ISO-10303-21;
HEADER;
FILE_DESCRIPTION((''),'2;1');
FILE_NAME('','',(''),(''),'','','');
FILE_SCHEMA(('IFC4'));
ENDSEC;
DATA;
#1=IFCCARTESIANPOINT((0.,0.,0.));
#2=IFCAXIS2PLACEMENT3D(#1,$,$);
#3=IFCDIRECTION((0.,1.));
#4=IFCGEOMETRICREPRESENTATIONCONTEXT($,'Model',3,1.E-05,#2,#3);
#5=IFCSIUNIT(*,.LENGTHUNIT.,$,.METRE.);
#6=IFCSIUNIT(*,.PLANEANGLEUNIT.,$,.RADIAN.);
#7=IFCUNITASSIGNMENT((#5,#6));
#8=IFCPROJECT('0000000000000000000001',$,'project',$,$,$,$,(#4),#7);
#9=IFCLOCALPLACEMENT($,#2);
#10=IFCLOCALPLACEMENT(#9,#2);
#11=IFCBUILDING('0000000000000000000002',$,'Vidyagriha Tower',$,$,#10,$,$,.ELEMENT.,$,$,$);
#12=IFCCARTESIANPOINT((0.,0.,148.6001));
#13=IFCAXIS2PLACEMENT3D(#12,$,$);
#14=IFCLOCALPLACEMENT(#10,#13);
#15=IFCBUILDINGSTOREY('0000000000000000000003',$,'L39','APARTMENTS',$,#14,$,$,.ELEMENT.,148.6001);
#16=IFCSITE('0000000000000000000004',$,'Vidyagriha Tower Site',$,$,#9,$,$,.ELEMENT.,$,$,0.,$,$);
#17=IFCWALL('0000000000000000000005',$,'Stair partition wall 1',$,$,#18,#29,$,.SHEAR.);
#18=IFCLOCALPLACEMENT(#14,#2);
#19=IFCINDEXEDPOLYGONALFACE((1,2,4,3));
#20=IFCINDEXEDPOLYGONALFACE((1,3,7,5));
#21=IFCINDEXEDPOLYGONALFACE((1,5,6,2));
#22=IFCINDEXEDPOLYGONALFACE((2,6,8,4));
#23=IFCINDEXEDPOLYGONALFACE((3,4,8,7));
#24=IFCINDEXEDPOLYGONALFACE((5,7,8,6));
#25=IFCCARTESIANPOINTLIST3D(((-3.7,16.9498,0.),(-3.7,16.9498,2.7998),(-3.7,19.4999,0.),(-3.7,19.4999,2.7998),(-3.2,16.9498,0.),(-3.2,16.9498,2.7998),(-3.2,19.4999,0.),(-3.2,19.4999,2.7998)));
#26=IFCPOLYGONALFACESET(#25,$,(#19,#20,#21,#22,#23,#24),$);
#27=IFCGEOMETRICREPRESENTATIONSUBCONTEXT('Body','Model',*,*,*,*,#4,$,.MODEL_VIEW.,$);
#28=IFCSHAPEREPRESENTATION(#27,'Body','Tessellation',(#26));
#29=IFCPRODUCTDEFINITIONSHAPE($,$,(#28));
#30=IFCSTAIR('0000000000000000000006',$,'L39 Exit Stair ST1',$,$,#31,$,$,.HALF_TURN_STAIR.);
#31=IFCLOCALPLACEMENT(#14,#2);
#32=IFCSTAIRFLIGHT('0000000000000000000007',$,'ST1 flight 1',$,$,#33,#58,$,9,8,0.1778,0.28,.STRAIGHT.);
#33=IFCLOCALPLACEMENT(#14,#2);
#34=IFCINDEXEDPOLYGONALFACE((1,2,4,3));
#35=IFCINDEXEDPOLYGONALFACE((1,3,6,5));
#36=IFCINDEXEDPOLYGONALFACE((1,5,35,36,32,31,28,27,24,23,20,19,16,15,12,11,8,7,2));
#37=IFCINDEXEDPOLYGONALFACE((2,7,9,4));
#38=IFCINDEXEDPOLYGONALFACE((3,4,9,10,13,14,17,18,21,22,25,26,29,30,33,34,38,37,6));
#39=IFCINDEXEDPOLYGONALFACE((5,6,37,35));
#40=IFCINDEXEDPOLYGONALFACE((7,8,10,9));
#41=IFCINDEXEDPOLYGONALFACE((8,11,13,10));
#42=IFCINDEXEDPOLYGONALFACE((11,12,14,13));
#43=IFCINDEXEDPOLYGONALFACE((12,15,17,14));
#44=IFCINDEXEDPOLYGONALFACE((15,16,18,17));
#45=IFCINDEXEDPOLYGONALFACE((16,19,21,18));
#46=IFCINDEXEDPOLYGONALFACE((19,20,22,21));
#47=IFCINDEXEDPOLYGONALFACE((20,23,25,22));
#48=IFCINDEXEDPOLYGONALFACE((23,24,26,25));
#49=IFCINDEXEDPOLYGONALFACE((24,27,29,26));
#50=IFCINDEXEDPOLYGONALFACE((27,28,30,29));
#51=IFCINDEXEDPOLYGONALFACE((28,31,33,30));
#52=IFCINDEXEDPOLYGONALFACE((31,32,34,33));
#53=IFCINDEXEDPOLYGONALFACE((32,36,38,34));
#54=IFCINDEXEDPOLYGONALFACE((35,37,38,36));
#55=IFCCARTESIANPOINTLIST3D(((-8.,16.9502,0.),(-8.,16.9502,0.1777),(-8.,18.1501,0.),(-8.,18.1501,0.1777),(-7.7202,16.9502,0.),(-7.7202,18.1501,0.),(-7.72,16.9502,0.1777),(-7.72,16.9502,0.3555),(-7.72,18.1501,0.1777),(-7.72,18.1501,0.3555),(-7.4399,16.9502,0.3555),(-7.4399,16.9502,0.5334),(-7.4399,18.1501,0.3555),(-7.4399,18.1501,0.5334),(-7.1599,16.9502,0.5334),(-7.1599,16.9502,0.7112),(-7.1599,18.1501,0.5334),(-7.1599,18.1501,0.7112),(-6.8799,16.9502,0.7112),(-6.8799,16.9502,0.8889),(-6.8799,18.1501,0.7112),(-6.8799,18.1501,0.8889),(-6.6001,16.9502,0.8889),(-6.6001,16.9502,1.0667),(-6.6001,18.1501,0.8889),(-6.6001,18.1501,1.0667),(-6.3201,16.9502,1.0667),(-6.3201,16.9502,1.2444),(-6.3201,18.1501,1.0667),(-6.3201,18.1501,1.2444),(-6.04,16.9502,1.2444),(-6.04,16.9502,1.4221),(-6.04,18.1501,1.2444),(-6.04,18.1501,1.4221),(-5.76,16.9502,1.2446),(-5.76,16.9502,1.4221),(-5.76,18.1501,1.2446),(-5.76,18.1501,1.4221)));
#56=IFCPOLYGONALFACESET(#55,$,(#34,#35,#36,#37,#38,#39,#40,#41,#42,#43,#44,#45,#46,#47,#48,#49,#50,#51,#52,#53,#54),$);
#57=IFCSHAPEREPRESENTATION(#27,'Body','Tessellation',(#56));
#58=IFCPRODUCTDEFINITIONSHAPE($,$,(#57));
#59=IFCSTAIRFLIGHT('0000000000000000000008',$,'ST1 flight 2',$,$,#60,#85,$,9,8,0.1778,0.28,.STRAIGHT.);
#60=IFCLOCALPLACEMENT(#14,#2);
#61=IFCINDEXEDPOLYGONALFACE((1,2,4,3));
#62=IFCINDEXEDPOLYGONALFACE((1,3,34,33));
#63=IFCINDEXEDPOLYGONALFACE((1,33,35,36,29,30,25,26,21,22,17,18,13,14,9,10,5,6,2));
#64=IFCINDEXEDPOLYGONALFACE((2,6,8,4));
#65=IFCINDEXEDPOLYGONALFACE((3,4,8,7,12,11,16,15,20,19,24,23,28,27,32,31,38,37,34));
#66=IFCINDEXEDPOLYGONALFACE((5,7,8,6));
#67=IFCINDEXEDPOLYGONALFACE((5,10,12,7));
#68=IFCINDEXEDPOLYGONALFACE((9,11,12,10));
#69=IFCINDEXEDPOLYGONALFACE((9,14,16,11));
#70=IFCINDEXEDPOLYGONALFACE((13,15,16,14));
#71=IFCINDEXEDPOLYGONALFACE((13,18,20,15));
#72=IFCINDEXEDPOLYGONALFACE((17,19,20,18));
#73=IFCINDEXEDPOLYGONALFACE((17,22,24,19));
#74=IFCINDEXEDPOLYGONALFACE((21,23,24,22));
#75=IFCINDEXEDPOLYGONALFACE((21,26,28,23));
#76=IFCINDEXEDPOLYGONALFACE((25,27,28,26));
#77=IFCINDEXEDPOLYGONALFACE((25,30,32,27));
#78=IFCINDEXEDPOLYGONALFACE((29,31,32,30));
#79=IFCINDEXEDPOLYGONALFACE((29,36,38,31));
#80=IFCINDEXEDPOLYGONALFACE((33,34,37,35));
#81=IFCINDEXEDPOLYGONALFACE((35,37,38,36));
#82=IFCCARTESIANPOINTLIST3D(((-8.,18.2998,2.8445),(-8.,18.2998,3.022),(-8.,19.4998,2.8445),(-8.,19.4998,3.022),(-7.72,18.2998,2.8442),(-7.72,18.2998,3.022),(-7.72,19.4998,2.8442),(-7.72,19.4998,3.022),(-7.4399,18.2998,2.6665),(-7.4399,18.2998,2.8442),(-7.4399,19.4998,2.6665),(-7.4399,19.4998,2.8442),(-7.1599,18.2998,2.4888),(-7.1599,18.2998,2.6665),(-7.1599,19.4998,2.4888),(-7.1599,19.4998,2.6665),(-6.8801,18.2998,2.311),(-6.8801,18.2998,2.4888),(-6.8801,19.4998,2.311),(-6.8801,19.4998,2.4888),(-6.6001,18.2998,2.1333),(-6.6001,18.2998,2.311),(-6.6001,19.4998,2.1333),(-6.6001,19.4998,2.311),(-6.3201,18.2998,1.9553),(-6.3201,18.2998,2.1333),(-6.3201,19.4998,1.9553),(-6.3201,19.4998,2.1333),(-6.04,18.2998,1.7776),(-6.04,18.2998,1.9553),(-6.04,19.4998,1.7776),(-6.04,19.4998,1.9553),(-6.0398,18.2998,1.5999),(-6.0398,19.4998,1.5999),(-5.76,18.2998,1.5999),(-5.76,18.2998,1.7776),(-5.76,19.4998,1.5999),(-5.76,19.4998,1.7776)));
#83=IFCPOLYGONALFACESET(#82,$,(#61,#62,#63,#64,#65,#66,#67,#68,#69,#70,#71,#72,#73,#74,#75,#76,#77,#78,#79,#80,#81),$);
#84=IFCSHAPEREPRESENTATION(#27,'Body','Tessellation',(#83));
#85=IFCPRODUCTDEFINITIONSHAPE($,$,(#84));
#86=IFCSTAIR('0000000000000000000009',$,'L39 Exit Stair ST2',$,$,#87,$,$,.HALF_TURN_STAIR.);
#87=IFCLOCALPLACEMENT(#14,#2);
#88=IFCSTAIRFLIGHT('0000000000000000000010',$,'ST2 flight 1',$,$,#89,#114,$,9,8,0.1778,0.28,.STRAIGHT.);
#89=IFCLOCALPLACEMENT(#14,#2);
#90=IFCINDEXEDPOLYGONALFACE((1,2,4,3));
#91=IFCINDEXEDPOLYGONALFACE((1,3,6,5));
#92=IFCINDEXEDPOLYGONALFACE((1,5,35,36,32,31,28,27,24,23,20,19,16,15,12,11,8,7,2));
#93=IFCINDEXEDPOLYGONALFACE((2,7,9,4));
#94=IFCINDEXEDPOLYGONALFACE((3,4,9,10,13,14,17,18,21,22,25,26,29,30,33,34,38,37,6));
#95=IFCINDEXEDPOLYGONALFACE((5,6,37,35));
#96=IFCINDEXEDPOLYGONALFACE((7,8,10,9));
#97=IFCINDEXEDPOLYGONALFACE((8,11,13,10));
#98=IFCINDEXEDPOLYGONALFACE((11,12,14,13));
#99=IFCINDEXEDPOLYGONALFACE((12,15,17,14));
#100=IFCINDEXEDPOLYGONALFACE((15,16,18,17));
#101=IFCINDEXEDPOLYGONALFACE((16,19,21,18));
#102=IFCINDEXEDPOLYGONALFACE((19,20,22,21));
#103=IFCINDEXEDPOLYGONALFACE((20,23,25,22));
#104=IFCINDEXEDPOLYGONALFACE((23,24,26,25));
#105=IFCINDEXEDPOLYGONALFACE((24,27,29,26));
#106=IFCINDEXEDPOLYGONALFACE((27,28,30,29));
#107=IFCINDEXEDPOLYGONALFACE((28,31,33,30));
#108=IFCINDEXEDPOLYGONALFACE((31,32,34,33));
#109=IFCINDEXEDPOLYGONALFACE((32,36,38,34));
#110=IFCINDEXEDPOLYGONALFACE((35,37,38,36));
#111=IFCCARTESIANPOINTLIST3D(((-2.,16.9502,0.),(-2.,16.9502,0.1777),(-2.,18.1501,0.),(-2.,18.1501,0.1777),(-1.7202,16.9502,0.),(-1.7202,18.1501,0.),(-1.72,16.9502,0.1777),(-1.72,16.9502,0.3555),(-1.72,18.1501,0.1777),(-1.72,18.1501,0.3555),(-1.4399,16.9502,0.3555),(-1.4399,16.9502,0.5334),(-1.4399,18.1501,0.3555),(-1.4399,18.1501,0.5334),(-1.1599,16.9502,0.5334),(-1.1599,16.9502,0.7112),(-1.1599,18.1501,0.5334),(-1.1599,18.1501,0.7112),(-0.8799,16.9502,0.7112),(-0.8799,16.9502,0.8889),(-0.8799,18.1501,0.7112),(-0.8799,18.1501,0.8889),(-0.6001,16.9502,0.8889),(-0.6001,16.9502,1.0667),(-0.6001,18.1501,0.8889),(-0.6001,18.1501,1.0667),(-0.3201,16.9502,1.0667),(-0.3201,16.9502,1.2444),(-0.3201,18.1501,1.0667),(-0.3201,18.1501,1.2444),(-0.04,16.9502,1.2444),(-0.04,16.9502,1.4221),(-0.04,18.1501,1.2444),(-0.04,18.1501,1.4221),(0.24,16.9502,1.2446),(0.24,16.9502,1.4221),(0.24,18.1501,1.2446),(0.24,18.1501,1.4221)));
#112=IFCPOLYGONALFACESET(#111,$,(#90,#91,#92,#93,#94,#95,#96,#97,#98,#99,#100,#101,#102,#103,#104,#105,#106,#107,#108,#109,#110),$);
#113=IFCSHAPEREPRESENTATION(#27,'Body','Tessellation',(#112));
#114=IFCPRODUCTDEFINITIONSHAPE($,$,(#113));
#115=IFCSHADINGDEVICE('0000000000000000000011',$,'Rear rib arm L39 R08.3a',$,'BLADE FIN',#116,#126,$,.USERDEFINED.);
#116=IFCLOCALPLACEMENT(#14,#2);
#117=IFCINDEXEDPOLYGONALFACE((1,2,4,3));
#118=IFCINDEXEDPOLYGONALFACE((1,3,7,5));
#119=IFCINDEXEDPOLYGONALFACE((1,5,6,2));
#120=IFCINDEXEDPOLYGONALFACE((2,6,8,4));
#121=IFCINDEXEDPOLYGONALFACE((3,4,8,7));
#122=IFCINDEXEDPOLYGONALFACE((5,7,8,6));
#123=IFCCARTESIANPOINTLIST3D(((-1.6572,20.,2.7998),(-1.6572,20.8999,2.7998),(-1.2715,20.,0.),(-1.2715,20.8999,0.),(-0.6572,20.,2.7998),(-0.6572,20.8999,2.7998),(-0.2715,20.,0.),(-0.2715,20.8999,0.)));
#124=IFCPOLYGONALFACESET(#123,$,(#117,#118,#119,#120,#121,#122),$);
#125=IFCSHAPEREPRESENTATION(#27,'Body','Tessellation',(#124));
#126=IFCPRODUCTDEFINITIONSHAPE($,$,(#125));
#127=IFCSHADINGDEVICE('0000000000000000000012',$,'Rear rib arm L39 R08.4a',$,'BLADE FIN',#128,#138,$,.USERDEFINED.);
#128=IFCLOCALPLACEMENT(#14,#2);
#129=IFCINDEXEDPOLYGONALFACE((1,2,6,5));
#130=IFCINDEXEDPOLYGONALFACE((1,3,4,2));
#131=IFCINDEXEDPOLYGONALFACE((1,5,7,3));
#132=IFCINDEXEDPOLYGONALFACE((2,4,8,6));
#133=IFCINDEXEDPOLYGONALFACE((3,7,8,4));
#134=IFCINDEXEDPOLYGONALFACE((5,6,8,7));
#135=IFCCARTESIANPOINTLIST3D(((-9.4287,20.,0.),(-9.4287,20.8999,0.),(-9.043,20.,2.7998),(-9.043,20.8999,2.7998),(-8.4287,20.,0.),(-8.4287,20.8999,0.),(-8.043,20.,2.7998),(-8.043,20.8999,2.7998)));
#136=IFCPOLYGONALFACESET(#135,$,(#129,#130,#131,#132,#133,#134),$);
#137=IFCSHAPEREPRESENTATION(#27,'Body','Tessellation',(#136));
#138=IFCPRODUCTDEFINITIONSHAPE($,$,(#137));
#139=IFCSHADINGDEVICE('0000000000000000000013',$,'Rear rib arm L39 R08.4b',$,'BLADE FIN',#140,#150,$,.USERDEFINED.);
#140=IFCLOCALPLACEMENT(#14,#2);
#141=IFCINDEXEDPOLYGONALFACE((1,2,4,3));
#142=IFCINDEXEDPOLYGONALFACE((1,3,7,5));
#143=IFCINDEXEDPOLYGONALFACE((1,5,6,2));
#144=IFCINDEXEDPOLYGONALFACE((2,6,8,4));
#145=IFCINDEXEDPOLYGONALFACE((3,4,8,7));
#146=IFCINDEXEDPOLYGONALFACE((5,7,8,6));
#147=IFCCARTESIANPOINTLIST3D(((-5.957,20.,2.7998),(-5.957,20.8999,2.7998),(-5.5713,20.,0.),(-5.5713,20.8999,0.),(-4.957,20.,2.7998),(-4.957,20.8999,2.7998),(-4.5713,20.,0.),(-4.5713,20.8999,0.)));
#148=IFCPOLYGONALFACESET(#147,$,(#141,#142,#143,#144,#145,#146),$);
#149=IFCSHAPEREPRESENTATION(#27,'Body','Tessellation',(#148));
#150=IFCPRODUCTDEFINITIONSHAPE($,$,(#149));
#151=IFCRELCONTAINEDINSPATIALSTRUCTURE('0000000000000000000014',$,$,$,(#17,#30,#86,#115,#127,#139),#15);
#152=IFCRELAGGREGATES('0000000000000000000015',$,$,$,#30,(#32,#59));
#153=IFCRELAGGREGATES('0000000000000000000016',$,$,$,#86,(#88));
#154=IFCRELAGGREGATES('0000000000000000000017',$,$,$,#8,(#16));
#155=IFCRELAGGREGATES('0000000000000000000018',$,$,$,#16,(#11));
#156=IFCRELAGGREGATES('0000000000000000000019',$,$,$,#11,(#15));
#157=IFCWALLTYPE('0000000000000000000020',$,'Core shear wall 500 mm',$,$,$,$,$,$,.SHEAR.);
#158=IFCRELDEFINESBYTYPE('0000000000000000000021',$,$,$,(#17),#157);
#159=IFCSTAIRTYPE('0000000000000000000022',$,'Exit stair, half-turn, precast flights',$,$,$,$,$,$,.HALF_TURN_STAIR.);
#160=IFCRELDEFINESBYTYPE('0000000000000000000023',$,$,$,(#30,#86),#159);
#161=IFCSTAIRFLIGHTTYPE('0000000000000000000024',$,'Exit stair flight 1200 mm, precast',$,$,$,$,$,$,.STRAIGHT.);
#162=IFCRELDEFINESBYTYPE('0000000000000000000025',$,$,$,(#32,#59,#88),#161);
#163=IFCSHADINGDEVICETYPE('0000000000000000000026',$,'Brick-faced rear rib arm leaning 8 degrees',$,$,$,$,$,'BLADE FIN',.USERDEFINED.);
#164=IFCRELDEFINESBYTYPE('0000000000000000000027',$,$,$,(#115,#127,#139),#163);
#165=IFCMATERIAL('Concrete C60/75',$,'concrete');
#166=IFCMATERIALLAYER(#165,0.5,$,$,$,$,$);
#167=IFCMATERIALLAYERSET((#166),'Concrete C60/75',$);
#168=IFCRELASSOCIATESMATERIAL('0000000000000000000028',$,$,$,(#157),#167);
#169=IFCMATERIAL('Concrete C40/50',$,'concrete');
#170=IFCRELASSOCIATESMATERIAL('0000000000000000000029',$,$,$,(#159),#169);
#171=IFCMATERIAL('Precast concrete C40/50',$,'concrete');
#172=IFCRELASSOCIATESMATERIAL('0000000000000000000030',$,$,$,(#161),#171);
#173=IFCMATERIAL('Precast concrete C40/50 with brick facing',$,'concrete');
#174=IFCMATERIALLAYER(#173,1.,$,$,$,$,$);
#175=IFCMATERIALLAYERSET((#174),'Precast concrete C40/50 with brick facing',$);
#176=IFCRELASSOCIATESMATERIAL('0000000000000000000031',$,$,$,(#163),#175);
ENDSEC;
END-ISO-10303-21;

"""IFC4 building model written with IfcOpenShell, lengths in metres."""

from ifc_helpers import new_model, si_unit, direction, frame, frame_2d, origin, place, context, subcontext, project, spatial, polyline, rectangle, outline, extrude, material, layer, layer_set, type_object, element, aggregate, save


model = new_model("IFC4")

# Units and contexts
model_context = context("Model", 3, precision=1e-05, world=origin(), true_north=direction((0.0, 1.0)))
body_context = subcontext(model_context, "Body", "Model", "MODEL_VIEW")
ifc_project = project(units=[si_unit("LENGTHUNIT", "METRE"), si_unit("PLANEANGLEUNIT", "RADIAN")], contexts=[model_context])

# Site, building, storey
site_placement = place(None, origin())
site = spatial("IfcSite", under=ifc_project, at=site_placement, Name="Vidyagriha Tower Site", CompositionType="ELEMENT", RefElevation=0.0)
building_placement = place(site_placement, origin())
building = spatial("IfcBuilding", under=site, at=building_placement, Name="Vidyagriha Tower", CompositionType="ELEMENT")
storey_placement = place(building_placement, frame((0.0, 0.0, 148.6001)))
storey = spatial("IfcBuildingStorey", under=building, at=storey_placement, Name="L39", Description="APARTMENTS", CompositionType="ELEMENT", Elevation=148.6001)

# Wall
ifc_material_1 = material(Name="Concrete C60/75", Category="concrete")
ifc_layer_1 = layer(ifc_material_1, 0.5)
ifc_layer_set_1 = layer_set([ifc_layer_1], Name="Concrete C60/75")
wall_type_1 = type_object("IfcWallType", Name="Core shear wall 500 mm", PredefinedType="SHEAR", material=ifc_layer_set_1)
wall_1_placement = place(storey_placement, frame((-3.45, 16.95, 0.0), z_axis=(0.0, 0.0, 1.0), x_axis=(0.0, 1.0, 0.0)))
element("IfcWall", 1, at=wall_1_placement, inside=storey, type_object=wall_type_1, Name="Stair partition wall 1", PredefinedType="SHEAR", context=body_context, shape_type="SweptSolid", body=[
    extrude(rectangle(XDim=2.55, YDim=0.5, at=frame_2d((1.2749, 0.0))), origin(), (0.0, 0.0, 1.0), 2.7998),
])

# Stair, stair flights
ifc_material_2 = material(Name="Concrete C40/50", Category="concrete")
stair_type = type_object("IfcStairType", Name="Exit stair, half-turn, precast flights", PredefinedType="HALF_TURN_STAIR", material=ifc_material_2)
stair_1_placement = place(storey_placement, origin())
stair_1 = element("IfcStair", 2, at=stair_1_placement, inside=storey, type_object=stair_type, Name="L39 Exit Stair ST1", PredefinedType="HALF_TURN_STAIR")
ifc_material_3 = material(Name="Precast concrete C40/50", Category="concrete")
stair_flight_type = type_object("IfcStairFlightType", Name="Exit stair flight 1200 mm, precast", PredefinedType="STRAIGHT", material=ifc_material_3)
stair_flight_1_placement = place(storey_placement, frame((-8.0, 17.55, 0.0)))
stair_flight_1 = element("IfcStairFlight", 3, at=stair_flight_1_placement, type_object=stair_flight_type, Name="ST1 flight 1", NumberOfRisers=9, NumberOfTreads=8, PredefinedType="STRAIGHT", RiserHeight=0.1778, TreadLength=0.28, context=body_context, shape_type="SweptSolid", body=[
    extrude(outline(polyline([(0.0, 0.0), (0.0, 0.1777), (0.28, 0.1777), (0.28, 0.3555), (0.5601, 0.3555), (0.5601, 0.5334), (0.8401, 0.5334), (0.8401, 0.7112), (1.1201, 0.7112), (1.1201, 0.8889), (1.3999, 0.8889), (1.3999, 1.0667), (1.6799, 1.0667), (1.6799, 1.2444), (1.96, 1.2444), (1.96, 1.4221), (2.24, 1.4221), (2.24, 1.6001), (2.24, 1.2446), (0.2798, 0.0), (0.0, 0.0)])), frame((0.0, 0.6001, 0.0), z_axis=(0.0, -1.0, 0.0), x_axis=(1.0, 0.0, 0.0)), (0.0, 0.0, 1.0), 1.2),
])
stair_flight_2_placement = place(storey_placement, frame((-5.76, 18.8999, 1.5999), z_axis=(0.0, 0.0, 1.0), x_axis=(-1.0, 0.0, 0.0)))
stair_flight_2 = element("IfcStairFlight", 4, at=stair_flight_2_placement, type_object=stair_flight_type, Name="ST1 flight 2", NumberOfRisers=9, NumberOfTreads=8, PredefinedType="STRAIGHT", RiserHeight=0.1778, TreadLength=0.28, context=body_context, shape_type="SweptSolid", body=[
    extrude(outline(polyline([(0.0, 0.0), (0.0, 0.1777), (0.28, 0.1777), (0.28, 0.3555), (0.5601, 0.3555), (0.5601, 0.5334), (0.8401, 0.5334), (0.8401, 0.7112), (1.1201, 0.7112), (1.1201, 0.8889), (1.3999, 0.8889), (1.3999, 1.0667), (1.6799, 1.0667), (1.6799, 1.2444), (1.96, 1.2444), (1.96, 1.4221), (2.24, 1.4221), (2.24, 1.6001), (2.24, 1.2446), (0.2798, 0.0), (0.0, 0.0)])), frame((0.0, 0.6001, 0.0), z_axis=(0.0, -1.0, 0.0), x_axis=(1.0, 0.0, 0.0)), (0.0, 0.0, 1.0), 1.2),
])
aggregate(stair_1, [stair_flight_1, stair_flight_2])

# Stair, stair flight
stair_2_placement = place(storey_placement, origin())
stair_2 = element("IfcStair", 5, at=stair_2_placement, inside=storey, type_object=stair_type, Name="L39 Exit Stair ST2", PredefinedType="HALF_TURN_STAIR")
stair_flight_3_placement = place(storey_placement, frame((-2.0, 17.55, 0.0)))
stair_flight_3 = element("IfcStairFlight", 6, at=stair_flight_3_placement, type_object=stair_flight_type, Name="ST2 flight 1", NumberOfRisers=9, NumberOfTreads=8, PredefinedType="STRAIGHT", RiserHeight=0.1778, TreadLength=0.28, context=body_context, shape_type="SweptSolid", body=[
    extrude(outline(polyline([(0.0, 0.0), (0.0, 0.1777), (0.28, 0.1777), (0.28, 0.3555), (0.5601, 0.3555), (0.5601, 0.5334), (0.8401, 0.5334), (0.8401, 0.7112), (1.1201, 0.7112), (1.1201, 0.8889), (1.3999, 0.8889), (1.3999, 1.0667), (1.6799, 1.0667), (1.6799, 1.2444), (1.96, 1.2444), (1.96, 1.4221), (2.24, 1.4221), (2.24, 1.6001), (2.24, 1.2446), (0.2798, 0.0), (0.0, 0.0)])), frame((0.0, 0.6001, 0.0), z_axis=(0.0, -1.0, 0.0), x_axis=(1.0, 0.0, 0.0)), (0.0, 0.0, 1.0), 1.2),
])
aggregate(stair_2, [stair_flight_3])

# Shading devices
ifc_material_4 = material(Name="Precast concrete C40/50 with brick facing", Category="concrete")
ifc_layer_2 = layer(ifc_material_4, 1.0)
ifc_layer_set_2 = layer_set([ifc_layer_2], Name="Precast concrete C40/50 with brick facing")
shading_device_type = type_object("IfcShadingDeviceType", Name="Brick-faced rear rib arm leaning 8 degrees", ElementType="BLADE FIN", PredefinedType="USERDEFINED", material=ifc_layer_set_2)
shading_device_1_placement = place(storey_placement, frame((-0.2715, 20.45, 0.0), z_axis=(0.0, 0.0, 1.0), x_axis=(-1.0, 0.0, 0.0)))
element("IfcShadingDevice", 7, at=shading_device_1_placement, inside=storey, type_object=shading_device_type, Name="Rear rib arm L39 R08.3a", ObjectType="BLADE FIN", PredefinedType="USERDEFINED", context=body_context, shape_type="SweptSolid", body=[
    extrude(outline(polyline([(0.0, 0.0), (1.0, 0.0), (1.3857, 2.7998), (0.3857, 2.7998), (0.0, 0.0)])), frame((0.0, 0.45, 0.0), z_axis=(0.0, -1.0, 0.0), x_axis=(1.0, 0.0, 0.0)), (0.0, 0.0, 1.0), 0.8999),
])
shading_device_2_placement = place(storey_placement, frame((-8.043, 20.45, 0.0), z_axis=(0.0, 0.0, 1.0), x_axis=(-1.0, 0.0, 0.0)))
element("IfcShadingDevice", 8, at=shading_device_2_placement, inside=storey, type_object=shading_device_type, Name="Rear rib arm L39 R08.4a", ObjectType="BLADE FIN", PredefinedType="USERDEFINED", context=body_context, shape_type="SweptSolid", body=[
    extrude(outline(polyline([(0.3857, 0.0), (1.3857, 0.0), (1.0, 2.7998), (0.0, 2.7998), (0.3857, 0.0)])), frame((0.0, 0.45, 0.0), z_axis=(0.0, -1.0, 0.0), x_axis=(1.0, 0.0, 0.0)), (0.0, 0.0, 1.0), 0.8999),
])
shading_device_3_placement = place(storey_placement, frame((-4.5713, 20.45, 0.0), z_axis=(0.0, 0.0, 1.0), x_axis=(-1.0, 0.0, 0.0)))
element("IfcShadingDevice", 9, at=shading_device_3_placement, inside=storey, type_object=shading_device_type, Name="Rear rib arm L39 R08.4b", ObjectType="BLADE FIN", PredefinedType="USERDEFINED", context=body_context, shape_type="SweptSolid", body=[
    extrude(outline(polyline([(0.0, 0.0), (1.0, 0.0), (1.3857, 2.7998), (0.3857, 2.7998), (0.0, 0.0)])), frame((0.0, 0.45, 0.0), z_axis=(0.0, -1.0, 0.0), x_axis=(1.0, 0.0, 0.0)), (0.0, 0.0, 1.0), 0.8999),
])

save(model, "model.ifc")
